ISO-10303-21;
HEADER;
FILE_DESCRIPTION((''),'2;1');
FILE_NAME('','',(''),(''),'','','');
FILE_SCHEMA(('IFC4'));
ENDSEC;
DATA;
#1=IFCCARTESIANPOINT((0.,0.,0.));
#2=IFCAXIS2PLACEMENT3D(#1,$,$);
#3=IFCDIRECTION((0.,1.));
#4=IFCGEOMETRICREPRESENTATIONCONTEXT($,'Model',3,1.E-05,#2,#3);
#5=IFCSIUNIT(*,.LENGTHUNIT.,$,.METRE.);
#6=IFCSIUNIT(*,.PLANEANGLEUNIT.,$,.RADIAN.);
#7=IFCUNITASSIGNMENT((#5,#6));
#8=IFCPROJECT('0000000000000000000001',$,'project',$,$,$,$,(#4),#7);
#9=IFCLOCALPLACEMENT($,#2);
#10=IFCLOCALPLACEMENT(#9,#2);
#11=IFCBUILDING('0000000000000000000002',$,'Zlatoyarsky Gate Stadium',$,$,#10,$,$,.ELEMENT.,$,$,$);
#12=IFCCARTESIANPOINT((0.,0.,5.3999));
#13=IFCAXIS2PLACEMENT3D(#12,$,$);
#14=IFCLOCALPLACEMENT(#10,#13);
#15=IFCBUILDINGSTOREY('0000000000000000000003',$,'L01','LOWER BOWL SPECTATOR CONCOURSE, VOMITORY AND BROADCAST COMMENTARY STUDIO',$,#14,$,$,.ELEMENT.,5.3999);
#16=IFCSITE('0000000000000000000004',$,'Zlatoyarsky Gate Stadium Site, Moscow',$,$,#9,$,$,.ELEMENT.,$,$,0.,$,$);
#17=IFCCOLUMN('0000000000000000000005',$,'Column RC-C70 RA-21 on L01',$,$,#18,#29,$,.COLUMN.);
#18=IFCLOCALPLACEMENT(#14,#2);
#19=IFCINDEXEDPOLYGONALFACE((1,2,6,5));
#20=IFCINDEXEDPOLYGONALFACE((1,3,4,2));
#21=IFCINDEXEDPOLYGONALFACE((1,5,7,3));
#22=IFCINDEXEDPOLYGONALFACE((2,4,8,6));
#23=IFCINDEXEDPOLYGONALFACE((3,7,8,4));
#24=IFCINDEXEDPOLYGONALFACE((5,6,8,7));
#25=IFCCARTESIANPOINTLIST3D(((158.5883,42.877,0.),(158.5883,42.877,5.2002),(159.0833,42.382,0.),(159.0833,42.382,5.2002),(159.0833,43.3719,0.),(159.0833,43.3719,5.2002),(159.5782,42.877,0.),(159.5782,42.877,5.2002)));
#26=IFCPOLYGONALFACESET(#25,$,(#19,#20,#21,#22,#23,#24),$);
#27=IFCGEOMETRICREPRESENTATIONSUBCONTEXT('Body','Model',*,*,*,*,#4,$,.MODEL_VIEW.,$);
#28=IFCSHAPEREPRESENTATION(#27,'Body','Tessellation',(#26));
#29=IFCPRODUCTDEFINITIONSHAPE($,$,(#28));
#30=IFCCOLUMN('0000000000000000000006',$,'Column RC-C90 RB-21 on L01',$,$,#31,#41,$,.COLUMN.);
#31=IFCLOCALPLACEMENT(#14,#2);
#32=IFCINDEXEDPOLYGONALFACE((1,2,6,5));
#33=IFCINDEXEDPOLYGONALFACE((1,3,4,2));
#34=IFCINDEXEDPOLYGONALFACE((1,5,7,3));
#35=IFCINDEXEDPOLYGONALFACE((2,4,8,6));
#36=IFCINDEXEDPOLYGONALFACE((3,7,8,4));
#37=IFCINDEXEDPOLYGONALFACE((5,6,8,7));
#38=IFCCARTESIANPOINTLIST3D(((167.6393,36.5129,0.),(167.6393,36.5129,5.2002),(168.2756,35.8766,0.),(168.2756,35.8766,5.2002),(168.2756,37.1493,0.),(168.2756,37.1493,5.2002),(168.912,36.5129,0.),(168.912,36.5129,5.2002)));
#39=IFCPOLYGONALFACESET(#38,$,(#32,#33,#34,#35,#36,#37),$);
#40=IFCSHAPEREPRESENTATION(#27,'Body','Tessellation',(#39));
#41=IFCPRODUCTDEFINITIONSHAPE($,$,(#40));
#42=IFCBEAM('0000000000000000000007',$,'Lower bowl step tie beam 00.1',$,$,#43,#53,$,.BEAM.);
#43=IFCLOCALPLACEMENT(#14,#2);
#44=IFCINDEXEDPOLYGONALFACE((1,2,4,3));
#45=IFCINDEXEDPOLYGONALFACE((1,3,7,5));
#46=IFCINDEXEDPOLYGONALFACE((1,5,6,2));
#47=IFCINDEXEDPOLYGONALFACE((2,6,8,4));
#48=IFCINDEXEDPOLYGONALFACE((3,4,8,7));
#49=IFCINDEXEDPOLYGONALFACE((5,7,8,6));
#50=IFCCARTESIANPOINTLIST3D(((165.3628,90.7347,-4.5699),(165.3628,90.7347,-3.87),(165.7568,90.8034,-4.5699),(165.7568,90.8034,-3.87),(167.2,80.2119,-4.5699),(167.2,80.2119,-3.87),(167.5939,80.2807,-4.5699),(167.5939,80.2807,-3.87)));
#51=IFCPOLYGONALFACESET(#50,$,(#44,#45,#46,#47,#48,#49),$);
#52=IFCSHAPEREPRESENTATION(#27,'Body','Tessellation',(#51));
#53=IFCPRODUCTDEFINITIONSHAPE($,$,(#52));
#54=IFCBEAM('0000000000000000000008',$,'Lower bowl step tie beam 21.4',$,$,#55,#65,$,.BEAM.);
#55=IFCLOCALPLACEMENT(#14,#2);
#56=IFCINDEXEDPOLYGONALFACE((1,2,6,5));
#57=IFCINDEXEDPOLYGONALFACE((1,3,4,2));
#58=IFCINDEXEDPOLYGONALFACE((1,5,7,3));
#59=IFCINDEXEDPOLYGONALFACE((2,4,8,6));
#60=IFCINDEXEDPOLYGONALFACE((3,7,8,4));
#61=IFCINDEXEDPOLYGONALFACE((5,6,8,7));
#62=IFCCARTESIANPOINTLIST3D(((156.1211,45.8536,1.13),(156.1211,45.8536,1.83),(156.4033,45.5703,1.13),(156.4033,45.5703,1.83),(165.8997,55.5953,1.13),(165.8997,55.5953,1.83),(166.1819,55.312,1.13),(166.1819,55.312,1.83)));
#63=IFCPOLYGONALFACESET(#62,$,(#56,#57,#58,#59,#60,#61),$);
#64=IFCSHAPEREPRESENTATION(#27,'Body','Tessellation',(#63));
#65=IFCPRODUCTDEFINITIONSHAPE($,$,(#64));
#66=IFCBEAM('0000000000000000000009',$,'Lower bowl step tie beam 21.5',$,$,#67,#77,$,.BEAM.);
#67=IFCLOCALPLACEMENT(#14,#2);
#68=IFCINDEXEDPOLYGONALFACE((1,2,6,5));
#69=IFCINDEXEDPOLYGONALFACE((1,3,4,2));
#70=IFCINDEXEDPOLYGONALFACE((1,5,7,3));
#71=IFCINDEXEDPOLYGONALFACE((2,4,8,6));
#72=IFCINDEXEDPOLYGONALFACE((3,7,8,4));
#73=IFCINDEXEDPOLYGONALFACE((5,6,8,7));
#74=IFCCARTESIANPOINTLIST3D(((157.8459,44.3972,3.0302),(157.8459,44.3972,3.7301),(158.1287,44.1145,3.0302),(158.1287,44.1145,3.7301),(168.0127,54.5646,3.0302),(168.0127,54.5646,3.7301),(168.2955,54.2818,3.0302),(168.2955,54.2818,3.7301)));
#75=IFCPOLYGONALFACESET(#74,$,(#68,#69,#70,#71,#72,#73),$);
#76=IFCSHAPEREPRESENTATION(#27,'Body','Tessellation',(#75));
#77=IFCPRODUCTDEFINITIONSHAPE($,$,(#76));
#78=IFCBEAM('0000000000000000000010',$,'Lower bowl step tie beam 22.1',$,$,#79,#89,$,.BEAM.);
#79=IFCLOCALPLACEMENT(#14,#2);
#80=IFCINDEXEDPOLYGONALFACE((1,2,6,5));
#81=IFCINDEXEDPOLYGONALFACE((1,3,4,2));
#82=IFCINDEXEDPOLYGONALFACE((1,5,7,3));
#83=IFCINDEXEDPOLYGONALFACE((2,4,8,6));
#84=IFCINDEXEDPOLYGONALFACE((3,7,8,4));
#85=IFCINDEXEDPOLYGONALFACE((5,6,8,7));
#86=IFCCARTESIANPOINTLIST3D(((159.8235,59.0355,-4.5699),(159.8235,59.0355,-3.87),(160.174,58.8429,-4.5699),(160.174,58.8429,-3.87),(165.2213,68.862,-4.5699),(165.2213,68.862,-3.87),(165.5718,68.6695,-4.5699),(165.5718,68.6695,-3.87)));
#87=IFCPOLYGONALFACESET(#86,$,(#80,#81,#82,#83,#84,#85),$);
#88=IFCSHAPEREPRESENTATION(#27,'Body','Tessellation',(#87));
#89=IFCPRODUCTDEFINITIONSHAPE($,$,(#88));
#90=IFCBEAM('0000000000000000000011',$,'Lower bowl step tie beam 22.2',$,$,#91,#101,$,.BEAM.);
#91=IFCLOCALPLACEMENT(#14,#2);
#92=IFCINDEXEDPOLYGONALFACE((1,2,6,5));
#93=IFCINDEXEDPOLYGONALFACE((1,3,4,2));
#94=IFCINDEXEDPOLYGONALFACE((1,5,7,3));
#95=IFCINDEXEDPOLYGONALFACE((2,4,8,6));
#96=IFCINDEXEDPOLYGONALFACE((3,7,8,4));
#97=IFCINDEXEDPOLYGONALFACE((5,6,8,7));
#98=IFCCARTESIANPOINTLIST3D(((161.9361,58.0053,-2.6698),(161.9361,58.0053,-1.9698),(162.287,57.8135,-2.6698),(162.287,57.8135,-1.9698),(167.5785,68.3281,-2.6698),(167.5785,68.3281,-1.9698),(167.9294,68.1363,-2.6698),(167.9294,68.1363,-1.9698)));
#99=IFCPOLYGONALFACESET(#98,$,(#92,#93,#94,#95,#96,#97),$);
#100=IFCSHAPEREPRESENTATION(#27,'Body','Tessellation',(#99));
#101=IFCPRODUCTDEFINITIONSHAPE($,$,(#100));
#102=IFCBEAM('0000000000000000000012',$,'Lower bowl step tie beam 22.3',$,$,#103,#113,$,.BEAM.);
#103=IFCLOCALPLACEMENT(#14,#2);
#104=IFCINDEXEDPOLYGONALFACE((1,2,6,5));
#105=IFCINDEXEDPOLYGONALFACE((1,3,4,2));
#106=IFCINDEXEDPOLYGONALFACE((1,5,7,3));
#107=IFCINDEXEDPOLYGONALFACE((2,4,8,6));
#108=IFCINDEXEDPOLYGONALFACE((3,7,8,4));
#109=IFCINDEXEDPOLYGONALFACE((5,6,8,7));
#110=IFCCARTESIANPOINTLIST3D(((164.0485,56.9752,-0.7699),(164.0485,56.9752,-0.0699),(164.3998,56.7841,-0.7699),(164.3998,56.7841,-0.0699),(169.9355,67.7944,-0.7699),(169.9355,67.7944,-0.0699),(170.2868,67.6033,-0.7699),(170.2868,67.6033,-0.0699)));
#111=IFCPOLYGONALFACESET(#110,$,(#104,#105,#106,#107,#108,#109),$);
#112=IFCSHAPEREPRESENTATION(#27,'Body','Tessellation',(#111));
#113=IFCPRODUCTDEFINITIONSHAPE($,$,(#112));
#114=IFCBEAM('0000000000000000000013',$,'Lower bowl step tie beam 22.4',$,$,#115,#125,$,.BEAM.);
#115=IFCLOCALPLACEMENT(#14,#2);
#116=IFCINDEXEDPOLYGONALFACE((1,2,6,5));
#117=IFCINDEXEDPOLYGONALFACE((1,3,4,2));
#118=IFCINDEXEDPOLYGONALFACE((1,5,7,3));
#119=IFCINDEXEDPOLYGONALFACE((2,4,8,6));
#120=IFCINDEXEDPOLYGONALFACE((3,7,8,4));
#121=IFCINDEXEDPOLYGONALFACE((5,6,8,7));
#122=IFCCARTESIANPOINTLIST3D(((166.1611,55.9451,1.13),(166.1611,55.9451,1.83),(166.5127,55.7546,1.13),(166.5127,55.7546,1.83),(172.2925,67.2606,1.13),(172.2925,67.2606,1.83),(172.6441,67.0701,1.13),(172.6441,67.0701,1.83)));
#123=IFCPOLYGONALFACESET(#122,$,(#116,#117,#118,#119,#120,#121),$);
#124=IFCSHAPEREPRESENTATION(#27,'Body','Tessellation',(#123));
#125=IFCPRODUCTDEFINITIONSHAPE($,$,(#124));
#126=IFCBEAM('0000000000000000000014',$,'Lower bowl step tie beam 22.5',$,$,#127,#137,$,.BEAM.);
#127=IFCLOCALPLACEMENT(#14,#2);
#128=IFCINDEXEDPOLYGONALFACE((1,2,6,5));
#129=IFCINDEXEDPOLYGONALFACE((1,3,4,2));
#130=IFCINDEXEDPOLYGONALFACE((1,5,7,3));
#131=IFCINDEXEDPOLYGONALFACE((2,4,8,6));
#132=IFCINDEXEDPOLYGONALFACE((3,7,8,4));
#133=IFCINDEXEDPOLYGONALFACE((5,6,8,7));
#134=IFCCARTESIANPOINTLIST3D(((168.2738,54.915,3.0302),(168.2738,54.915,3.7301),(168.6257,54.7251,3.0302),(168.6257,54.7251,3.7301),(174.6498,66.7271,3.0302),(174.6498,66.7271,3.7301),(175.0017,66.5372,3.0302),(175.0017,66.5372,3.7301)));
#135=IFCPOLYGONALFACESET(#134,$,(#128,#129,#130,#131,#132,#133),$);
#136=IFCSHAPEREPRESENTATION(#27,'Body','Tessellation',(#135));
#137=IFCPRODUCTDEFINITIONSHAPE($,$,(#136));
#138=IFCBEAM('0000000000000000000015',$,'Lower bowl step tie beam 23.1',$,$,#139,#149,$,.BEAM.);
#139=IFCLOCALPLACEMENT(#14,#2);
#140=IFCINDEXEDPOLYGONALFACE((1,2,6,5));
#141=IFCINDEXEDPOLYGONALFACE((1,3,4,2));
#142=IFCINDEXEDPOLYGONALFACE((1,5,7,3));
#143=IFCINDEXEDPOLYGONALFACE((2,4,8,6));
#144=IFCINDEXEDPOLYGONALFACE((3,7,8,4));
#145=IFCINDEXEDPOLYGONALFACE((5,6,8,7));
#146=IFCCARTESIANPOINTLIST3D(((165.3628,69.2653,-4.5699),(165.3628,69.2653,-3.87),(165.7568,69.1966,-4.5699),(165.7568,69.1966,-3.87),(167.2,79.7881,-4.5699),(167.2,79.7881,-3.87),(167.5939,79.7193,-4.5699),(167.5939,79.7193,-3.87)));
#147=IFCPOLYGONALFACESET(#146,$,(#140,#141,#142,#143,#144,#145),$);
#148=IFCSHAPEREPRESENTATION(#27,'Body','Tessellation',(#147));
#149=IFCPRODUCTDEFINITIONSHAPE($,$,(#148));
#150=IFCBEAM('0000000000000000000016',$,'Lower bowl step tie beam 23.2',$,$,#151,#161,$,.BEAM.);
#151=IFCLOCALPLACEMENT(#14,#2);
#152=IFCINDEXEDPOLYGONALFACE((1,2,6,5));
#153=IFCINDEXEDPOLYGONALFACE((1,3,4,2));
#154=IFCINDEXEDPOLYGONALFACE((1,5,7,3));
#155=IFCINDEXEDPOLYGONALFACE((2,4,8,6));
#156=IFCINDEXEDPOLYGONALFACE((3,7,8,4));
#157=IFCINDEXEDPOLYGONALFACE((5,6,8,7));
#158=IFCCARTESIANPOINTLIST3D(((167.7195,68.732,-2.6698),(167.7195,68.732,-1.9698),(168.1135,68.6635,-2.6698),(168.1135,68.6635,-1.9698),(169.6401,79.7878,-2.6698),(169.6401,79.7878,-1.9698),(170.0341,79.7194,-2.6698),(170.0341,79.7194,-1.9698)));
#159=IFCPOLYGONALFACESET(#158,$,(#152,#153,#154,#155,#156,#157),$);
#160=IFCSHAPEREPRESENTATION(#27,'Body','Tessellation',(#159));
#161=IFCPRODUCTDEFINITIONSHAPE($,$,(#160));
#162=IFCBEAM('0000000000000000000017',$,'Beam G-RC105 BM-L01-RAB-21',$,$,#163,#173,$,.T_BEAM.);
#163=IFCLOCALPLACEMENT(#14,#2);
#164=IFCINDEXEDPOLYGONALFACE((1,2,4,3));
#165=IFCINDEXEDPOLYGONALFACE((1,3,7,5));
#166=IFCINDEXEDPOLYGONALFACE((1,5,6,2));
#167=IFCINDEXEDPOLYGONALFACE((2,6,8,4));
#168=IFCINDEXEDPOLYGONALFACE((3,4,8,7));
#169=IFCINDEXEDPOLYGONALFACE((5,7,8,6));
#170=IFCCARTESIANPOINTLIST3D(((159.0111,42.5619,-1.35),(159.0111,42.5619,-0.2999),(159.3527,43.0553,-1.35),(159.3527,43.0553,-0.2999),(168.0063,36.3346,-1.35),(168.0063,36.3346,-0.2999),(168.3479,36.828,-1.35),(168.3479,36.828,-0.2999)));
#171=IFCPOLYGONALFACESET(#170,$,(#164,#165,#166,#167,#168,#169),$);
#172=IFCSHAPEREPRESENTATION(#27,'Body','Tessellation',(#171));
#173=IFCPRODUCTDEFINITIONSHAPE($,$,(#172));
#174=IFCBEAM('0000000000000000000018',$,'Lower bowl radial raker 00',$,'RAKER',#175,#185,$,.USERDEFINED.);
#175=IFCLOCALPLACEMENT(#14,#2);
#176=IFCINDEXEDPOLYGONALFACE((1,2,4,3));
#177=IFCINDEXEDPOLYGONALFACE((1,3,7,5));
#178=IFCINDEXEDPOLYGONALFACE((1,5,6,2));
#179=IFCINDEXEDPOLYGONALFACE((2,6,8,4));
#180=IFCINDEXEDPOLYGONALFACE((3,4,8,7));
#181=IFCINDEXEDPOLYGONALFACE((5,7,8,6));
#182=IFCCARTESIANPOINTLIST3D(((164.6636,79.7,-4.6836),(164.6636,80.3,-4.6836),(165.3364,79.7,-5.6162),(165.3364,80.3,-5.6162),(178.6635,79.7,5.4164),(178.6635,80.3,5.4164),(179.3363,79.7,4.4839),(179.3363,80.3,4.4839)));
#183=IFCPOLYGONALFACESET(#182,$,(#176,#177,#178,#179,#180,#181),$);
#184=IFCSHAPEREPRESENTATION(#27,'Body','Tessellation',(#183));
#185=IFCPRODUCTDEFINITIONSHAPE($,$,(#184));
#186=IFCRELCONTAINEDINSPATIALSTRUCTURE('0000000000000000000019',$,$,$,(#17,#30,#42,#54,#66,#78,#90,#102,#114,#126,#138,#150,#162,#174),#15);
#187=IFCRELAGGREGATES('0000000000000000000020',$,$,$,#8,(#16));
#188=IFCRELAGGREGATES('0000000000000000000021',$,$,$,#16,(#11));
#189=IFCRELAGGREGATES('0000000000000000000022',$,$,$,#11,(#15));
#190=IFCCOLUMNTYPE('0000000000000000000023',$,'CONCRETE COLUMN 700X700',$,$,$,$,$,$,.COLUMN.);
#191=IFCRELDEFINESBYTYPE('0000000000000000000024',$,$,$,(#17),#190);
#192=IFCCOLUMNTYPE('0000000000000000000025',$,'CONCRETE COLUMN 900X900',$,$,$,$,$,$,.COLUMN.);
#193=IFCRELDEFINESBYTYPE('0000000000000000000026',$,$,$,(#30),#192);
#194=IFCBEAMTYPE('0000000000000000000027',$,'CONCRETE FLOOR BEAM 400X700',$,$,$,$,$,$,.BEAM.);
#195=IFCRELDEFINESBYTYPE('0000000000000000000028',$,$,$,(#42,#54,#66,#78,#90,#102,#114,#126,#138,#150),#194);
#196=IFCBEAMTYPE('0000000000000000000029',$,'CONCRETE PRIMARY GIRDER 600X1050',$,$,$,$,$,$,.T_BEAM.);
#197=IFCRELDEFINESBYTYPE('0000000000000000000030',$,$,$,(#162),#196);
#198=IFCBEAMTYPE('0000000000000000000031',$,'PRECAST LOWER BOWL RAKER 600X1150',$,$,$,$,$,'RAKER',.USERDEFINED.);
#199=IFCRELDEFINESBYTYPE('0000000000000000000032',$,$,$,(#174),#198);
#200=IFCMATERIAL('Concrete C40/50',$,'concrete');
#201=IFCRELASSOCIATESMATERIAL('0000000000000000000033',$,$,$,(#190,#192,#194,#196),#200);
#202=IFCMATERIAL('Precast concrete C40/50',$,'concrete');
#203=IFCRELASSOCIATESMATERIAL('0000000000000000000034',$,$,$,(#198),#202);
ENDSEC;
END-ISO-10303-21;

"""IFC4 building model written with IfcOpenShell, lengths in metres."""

from ifc_helpers import new_model, si_unit, direction, frame, origin, origin_2d, place, context, subcontext, project, spatial, rectangle, extrude, material, material_profile, profile_set, type_object, element, save


model = new_model("IFC4")

# Units and contexts
model_context = context("Model", 3, precision=1e-05, world=origin(), true_north=direction((0.0, 1.0)))
body_context = subcontext(model_context, "Body", "Model", "MODEL_VIEW")
ifc_project = project(units=[si_unit("LENGTHUNIT", "METRE"), si_unit("PLANEANGLEUNIT", "RADIAN")], contexts=[model_context])

# Site, building, storey
site_placement = place(None, origin())
site = spatial("IfcSite", under=ifc_project, at=site_placement, Name="Zlatoyarsky Gate Stadium Site, Moscow", CompositionType="ELEMENT", RefElevation=0.0)
building_placement = place(site_placement, origin())
building = spatial("IfcBuilding", under=site, at=building_placement, Name="Zlatoyarsky Gate Stadium", CompositionType="ELEMENT")
storey_placement = place(building_placement, frame((0.0, 0.0, 5.3999)))
storey = spatial("IfcBuildingStorey", under=building, at=storey_placement, Name="L01", Description="LOWER BOWL SPECTATOR CONCOURSE, VOMITORY AND BROADCAST COMMENTARY STUDIO", CompositionType="ELEMENT", Elevation=5.3999)

# Columns
ifc_material_1 = material(Name="Concrete C40/50", Category="concrete")
ifc_material_profile_1 = material_profile(ifc_material_1, rectangle(XDim=0.7, YDim=0.7, at=origin_2d()), Name="RC COL 700X700")
ifc_profile_set_1 = profile_set([ifc_material_profile_1], Name="Concrete C40/50")
column_type_1 = type_object("IfcColumnType", Name="CONCRETE COLUMN 700X700", PredefinedType="COLUMN", material=ifc_profile_set_1)
column_1_placement = place(storey_placement, frame((159.0833, 42.877, 0.0), z_axis=(0.0, 0.0, 1.0), x_axis=(0.707107, -0.707107, 0.0)))
element("IfcColumn", 1, at=column_1_placement, inside=storey, type_object=column_type_1, Name="Column RC-C70 RA-21 on L01", PredefinedType="COLUMN", context=body_context, shape_type="SweptSolid", body=[
    extrude(rectangle(XDim=0.7, YDim=0.7, at=origin_2d()), origin(), (0.0, 0.0, 1.0), 5.2002),
])
ifc_material_profile_2 = material_profile(ifc_material_1, rectangle(XDim=0.8999, YDim=0.8999, at=origin_2d()), Name="RC COL 900X900")
ifc_profile_set_2 = profile_set([ifc_material_profile_2], Name="Concrete C40/50")
column_type_2 = type_object("IfcColumnType", Name="CONCRETE COLUMN 900X900", PredefinedType="COLUMN", material=ifc_profile_set_2)
column_2_placement = place(storey_placement, frame((168.2756, 36.5129, 0.0), z_axis=(0.0, 0.0, 1.0), x_axis=(0.707107, -0.707107, 0.0)))
element("IfcColumn", 2, at=column_2_placement, inside=storey, type_object=column_type_2, Name="Column RC-C90 RB-21 on L01", PredefinedType="COLUMN", context=body_context, shape_type="SweptSolid", body=[
    extrude(rectangle(XDim=0.8999, YDim=0.8999, at=origin_2d()), origin(), (0.0, 0.0, 1.0), 5.2002),
])

# Beams
ifc_material_profile_3 = material_profile(ifc_material_1, rectangle(XDim=0.3999, YDim=0.7, at=origin_2d()), Name="RC BEAM 400X700")
ifc_profile_set_3 = profile_set([ifc_material_profile_3], Name="Concrete C40/50")
beam_type_1 = type_object("IfcBeamType", Name="CONCRETE FLOOR BEAM 400X700", PredefinedType="BEAM", material=ifc_profile_set_3)
beam_1_placement = place(storey_placement, frame((167.397, 80.2463, -4.22), z_axis=(-0.171988, 0.985099, 0.0), x_axis=(-0.985099, -0.171988, 0.0)))
element("IfcBeam", 3, at=beam_1_placement, inside=storey, type_object=beam_type_1, Name="Lower bowl step tie beam 00.1", PredefinedType="BEAM", context=body_context, shape_type="SweptSolid", body=[
    extrude(rectangle(XDim=0.3999, YDim=0.7, at=origin_2d()), origin(), (0.0, 0.0, 1.0), 10.6819),
])
beam_2_placement = place(storey_placement, frame((156.2622, 45.7119, 1.48), z_axis=(0.708441, 0.70577, 0.0), x_axis=(-0.70577, 0.708441, 0.0)))
element("IfcBeam", 4, at=beam_2_placement, inside=storey, type_object=beam_type_1, Name="Lower bowl step tie beam 21.4", PredefinedType="BEAM", context=body_context, shape_type="SweptSolid", body=[
    extrude(rectangle(XDim=0.3999, YDim=0.7, at=origin_2d()), origin(), (0.0, 0.0, 1.0), 13.803),
])
beam_3_placement = place(storey_placement, frame((157.9873, 44.2559, 3.3801), z_axis=(0.70709, 0.707124, 0.0), x_axis=(-0.707124, 0.70709, 0.0)))
element("IfcBeam", 5, at=beam_3_placement, inside=storey, type_object=beam_type_1, Name="Lower bowl step tie beam 21.5", PredefinedType="BEAM", context=body_context, shape_type="SweptSolid", body=[
    extrude(rectangle(XDim=0.3999, YDim=0.7, at=origin_2d()), origin(), (0.0, 0.0, 1.0), 14.3784),
])
beam_4_placement = place(storey_placement, frame((159.9988, 58.9392, -4.22), z_axis=(0.481451, 0.876473, 0.0), x_axis=(-0.876473, 0.481451, 0.0)))
element("IfcBeam", 6, at=beam_4_placement, inside=storey, type_object=beam_type_1, Name="Lower bowl step tie beam 22.1", PredefinedType="BEAM", context=body_context, shape_type="SweptSolid", body=[
    extrude(rectangle(XDim=0.3999, YDim=0.7, at=origin_2d()), origin(), (0.0, 0.0, 1.0), 11.2114),
])
beam_5_placement = place(storey_placement, frame((162.1116, 57.9094, -2.3198), z_axis=(0.479621, 0.877476, 0.0), x_axis=(-0.877476, 0.479621, 0.0)))
element("IfcBeam", 7, at=beam_5_placement, inside=storey, type_object=beam_type_1, Name="Lower bowl step tie beam 22.2", PredefinedType="BEAM", context=body_context, shape_type="SweptSolid", body=[
    extrude(rectangle(XDim=0.3999, YDim=0.7, at=origin_2d()), origin(), (0.0, 0.0, 1.0), 11.7642),
])
beam_6_placement = place(storey_placement, frame((164.2241, 56.8796, -0.4199), z_axis=(0.477953, 0.878385, 0.0), x_axis=(-0.878385, 0.477953, 0.0)))
element("IfcBeam", 8, at=beam_6_placement, inside=storey, type_object=beam_type_1, Name="Lower bowl step tie beam 22.3", PredefinedType="BEAM", context=body_context, shape_type="SweptSolid", body=[
    extrude(rectangle(XDim=0.3999, YDim=0.7, at=origin_2d()), origin(), (0.0, 0.0, 1.0), 12.3171),
])
beam_7_placement = place(storey_placement, frame((166.3369, 55.8499, 1.48), z_axis=(0.476413, 0.879222, 0.0), x_axis=(-0.879222, 0.476413, 0.0)))
element("IfcBeam", 9, at=beam_7_placement, inside=storey, type_object=beam_type_1, Name="Lower bowl step tie beam 22.4", PredefinedType="BEAM", context=body_context, shape_type="SweptSolid", body=[
    extrude(rectangle(XDim=0.3999, YDim=0.7, at=origin_2d()), origin(), (0.0, 0.0, 1.0), 12.8699),
])
beam_8_placement = place(storey_placement, frame((168.4497, 54.8201, 3.3801), z_axis=(0.475004, 0.879984, 0.0), x_axis=(-0.879984, 0.475004, 0.0)))
element("IfcBeam", 10, at=beam_8_placement, inside=storey, type_object=beam_type_1, Name="Lower bowl step tie beam 22.5", PredefinedType="BEAM", context=body_context, shape_type="SweptSolid", body=[
    extrude(rectangle(XDim=0.3999, YDim=0.7, at=origin_2d()), origin(), (0.0, 0.0, 1.0), 13.4231),
])
beam_9_placement = place(storey_placement, frame((165.5598, 69.231, -4.22), z_axis=(0.171988, 0.985099, 0.0), x_axis=(-0.985099, 0.171988, 0.0)))
element("IfcBeam", 11, at=beam_9_placement, inside=storey, type_object=beam_type_1, Name="Lower bowl step tie beam 23.1", PredefinedType="BEAM", context=body_context, shape_type="SweptSolid", body=[
    extrude(rectangle(XDim=0.3999, YDim=0.7, at=origin_2d()), origin(), (0.0, 0.0, 1.0), 10.6819),
])
beam_10_placement = place(storey_placement, frame((167.9165, 68.6978, -2.3198), z_axis=(0.171158, 0.985244, 0.0), x_axis=(-0.985244, 0.171158, 0.0)))
element("IfcBeam", 12, at=beam_10_placement, inside=storey, type_object=beam_type_1, Name="Lower bowl step tie beam 23.2", PredefinedType="BEAM", context=body_context, shape_type="SweptSolid", body=[
    extrude(rectangle(XDim=0.3999, YDim=0.7, at=origin_2d()), origin(), (0.0, 0.0, 1.0), 11.2214),
])
ifc_material_profile_4 = material_profile(ifc_material_1, rectangle(XDim=0.6001, YDim=1.05, at=origin_2d()), Name="RC GIRDER 600X1050")
ifc_profile_set_4 = profile_set([ifc_material_profile_4], Name="Concrete C40/50")
beam_type_2 = type_object("IfcBeamType", Name="CONCRETE PRIMARY GIRDER 600X1050", PredefinedType="T_BEAM", material=ifc_profile_set_4)
beam_11_placement = place(storey_placement, frame((159.1819, 42.8086, -0.825), z_axis=(0.822196, -0.569204, 0.0), x_axis=(0.569204, 0.822196, 0.0)))
element("IfcBeam", 13, at=beam_11_placement, inside=storey, type_object=beam_type_2, Name="Beam G-RC105 BM-L01-RAB-21", PredefinedType="T_BEAM", context=body_context, shape_type="SweptSolid", body=[
    extrude(rectangle(XDim=0.6001, YDim=1.05, at=origin_2d()), origin(), (0.0, 0.0, 1.0), 10.9404),
])
ifc_material_2 = material(Name="Precast concrete C40/50", Category="concrete")
ifc_material_profile_5 = material_profile(ifc_material_2, rectangle(XDim=0.6001, YDim=1.1499, at=origin_2d()), Name="PC RAKER 600X1150")
ifc_profile_set_5 = profile_set([ifc_material_profile_5], Name="Precast concrete C40/50")
beam_type_3 = type_object("IfcBeamType", Name="PRECAST LOWER BOWL RAKER 600X1150", ElementType="RAKER", PredefinedType="USERDEFINED", material=ifc_profile_set_5)
beam_12_placement = place(storey_placement, frame((165.0, 80.0, -5.1499), z_axis=(0.810982, 0.0, 0.585071), x_axis=(0.0, 1.0, 0.0)))
element("IfcBeam", 14, at=beam_12_placement, inside=storey, type_object=beam_type_3, Name="Lower bowl radial raker 00", ObjectType="RAKER", PredefinedType="USERDEFINED", context=body_context, shape_type="SweptSolid", body=[
    extrude(rectangle(XDim=0.6001, YDim=1.1499, at=origin_2d()), origin(), (0.0, 0.0, 1.0), 17.2629),
])

save(model, "model.ifc")
